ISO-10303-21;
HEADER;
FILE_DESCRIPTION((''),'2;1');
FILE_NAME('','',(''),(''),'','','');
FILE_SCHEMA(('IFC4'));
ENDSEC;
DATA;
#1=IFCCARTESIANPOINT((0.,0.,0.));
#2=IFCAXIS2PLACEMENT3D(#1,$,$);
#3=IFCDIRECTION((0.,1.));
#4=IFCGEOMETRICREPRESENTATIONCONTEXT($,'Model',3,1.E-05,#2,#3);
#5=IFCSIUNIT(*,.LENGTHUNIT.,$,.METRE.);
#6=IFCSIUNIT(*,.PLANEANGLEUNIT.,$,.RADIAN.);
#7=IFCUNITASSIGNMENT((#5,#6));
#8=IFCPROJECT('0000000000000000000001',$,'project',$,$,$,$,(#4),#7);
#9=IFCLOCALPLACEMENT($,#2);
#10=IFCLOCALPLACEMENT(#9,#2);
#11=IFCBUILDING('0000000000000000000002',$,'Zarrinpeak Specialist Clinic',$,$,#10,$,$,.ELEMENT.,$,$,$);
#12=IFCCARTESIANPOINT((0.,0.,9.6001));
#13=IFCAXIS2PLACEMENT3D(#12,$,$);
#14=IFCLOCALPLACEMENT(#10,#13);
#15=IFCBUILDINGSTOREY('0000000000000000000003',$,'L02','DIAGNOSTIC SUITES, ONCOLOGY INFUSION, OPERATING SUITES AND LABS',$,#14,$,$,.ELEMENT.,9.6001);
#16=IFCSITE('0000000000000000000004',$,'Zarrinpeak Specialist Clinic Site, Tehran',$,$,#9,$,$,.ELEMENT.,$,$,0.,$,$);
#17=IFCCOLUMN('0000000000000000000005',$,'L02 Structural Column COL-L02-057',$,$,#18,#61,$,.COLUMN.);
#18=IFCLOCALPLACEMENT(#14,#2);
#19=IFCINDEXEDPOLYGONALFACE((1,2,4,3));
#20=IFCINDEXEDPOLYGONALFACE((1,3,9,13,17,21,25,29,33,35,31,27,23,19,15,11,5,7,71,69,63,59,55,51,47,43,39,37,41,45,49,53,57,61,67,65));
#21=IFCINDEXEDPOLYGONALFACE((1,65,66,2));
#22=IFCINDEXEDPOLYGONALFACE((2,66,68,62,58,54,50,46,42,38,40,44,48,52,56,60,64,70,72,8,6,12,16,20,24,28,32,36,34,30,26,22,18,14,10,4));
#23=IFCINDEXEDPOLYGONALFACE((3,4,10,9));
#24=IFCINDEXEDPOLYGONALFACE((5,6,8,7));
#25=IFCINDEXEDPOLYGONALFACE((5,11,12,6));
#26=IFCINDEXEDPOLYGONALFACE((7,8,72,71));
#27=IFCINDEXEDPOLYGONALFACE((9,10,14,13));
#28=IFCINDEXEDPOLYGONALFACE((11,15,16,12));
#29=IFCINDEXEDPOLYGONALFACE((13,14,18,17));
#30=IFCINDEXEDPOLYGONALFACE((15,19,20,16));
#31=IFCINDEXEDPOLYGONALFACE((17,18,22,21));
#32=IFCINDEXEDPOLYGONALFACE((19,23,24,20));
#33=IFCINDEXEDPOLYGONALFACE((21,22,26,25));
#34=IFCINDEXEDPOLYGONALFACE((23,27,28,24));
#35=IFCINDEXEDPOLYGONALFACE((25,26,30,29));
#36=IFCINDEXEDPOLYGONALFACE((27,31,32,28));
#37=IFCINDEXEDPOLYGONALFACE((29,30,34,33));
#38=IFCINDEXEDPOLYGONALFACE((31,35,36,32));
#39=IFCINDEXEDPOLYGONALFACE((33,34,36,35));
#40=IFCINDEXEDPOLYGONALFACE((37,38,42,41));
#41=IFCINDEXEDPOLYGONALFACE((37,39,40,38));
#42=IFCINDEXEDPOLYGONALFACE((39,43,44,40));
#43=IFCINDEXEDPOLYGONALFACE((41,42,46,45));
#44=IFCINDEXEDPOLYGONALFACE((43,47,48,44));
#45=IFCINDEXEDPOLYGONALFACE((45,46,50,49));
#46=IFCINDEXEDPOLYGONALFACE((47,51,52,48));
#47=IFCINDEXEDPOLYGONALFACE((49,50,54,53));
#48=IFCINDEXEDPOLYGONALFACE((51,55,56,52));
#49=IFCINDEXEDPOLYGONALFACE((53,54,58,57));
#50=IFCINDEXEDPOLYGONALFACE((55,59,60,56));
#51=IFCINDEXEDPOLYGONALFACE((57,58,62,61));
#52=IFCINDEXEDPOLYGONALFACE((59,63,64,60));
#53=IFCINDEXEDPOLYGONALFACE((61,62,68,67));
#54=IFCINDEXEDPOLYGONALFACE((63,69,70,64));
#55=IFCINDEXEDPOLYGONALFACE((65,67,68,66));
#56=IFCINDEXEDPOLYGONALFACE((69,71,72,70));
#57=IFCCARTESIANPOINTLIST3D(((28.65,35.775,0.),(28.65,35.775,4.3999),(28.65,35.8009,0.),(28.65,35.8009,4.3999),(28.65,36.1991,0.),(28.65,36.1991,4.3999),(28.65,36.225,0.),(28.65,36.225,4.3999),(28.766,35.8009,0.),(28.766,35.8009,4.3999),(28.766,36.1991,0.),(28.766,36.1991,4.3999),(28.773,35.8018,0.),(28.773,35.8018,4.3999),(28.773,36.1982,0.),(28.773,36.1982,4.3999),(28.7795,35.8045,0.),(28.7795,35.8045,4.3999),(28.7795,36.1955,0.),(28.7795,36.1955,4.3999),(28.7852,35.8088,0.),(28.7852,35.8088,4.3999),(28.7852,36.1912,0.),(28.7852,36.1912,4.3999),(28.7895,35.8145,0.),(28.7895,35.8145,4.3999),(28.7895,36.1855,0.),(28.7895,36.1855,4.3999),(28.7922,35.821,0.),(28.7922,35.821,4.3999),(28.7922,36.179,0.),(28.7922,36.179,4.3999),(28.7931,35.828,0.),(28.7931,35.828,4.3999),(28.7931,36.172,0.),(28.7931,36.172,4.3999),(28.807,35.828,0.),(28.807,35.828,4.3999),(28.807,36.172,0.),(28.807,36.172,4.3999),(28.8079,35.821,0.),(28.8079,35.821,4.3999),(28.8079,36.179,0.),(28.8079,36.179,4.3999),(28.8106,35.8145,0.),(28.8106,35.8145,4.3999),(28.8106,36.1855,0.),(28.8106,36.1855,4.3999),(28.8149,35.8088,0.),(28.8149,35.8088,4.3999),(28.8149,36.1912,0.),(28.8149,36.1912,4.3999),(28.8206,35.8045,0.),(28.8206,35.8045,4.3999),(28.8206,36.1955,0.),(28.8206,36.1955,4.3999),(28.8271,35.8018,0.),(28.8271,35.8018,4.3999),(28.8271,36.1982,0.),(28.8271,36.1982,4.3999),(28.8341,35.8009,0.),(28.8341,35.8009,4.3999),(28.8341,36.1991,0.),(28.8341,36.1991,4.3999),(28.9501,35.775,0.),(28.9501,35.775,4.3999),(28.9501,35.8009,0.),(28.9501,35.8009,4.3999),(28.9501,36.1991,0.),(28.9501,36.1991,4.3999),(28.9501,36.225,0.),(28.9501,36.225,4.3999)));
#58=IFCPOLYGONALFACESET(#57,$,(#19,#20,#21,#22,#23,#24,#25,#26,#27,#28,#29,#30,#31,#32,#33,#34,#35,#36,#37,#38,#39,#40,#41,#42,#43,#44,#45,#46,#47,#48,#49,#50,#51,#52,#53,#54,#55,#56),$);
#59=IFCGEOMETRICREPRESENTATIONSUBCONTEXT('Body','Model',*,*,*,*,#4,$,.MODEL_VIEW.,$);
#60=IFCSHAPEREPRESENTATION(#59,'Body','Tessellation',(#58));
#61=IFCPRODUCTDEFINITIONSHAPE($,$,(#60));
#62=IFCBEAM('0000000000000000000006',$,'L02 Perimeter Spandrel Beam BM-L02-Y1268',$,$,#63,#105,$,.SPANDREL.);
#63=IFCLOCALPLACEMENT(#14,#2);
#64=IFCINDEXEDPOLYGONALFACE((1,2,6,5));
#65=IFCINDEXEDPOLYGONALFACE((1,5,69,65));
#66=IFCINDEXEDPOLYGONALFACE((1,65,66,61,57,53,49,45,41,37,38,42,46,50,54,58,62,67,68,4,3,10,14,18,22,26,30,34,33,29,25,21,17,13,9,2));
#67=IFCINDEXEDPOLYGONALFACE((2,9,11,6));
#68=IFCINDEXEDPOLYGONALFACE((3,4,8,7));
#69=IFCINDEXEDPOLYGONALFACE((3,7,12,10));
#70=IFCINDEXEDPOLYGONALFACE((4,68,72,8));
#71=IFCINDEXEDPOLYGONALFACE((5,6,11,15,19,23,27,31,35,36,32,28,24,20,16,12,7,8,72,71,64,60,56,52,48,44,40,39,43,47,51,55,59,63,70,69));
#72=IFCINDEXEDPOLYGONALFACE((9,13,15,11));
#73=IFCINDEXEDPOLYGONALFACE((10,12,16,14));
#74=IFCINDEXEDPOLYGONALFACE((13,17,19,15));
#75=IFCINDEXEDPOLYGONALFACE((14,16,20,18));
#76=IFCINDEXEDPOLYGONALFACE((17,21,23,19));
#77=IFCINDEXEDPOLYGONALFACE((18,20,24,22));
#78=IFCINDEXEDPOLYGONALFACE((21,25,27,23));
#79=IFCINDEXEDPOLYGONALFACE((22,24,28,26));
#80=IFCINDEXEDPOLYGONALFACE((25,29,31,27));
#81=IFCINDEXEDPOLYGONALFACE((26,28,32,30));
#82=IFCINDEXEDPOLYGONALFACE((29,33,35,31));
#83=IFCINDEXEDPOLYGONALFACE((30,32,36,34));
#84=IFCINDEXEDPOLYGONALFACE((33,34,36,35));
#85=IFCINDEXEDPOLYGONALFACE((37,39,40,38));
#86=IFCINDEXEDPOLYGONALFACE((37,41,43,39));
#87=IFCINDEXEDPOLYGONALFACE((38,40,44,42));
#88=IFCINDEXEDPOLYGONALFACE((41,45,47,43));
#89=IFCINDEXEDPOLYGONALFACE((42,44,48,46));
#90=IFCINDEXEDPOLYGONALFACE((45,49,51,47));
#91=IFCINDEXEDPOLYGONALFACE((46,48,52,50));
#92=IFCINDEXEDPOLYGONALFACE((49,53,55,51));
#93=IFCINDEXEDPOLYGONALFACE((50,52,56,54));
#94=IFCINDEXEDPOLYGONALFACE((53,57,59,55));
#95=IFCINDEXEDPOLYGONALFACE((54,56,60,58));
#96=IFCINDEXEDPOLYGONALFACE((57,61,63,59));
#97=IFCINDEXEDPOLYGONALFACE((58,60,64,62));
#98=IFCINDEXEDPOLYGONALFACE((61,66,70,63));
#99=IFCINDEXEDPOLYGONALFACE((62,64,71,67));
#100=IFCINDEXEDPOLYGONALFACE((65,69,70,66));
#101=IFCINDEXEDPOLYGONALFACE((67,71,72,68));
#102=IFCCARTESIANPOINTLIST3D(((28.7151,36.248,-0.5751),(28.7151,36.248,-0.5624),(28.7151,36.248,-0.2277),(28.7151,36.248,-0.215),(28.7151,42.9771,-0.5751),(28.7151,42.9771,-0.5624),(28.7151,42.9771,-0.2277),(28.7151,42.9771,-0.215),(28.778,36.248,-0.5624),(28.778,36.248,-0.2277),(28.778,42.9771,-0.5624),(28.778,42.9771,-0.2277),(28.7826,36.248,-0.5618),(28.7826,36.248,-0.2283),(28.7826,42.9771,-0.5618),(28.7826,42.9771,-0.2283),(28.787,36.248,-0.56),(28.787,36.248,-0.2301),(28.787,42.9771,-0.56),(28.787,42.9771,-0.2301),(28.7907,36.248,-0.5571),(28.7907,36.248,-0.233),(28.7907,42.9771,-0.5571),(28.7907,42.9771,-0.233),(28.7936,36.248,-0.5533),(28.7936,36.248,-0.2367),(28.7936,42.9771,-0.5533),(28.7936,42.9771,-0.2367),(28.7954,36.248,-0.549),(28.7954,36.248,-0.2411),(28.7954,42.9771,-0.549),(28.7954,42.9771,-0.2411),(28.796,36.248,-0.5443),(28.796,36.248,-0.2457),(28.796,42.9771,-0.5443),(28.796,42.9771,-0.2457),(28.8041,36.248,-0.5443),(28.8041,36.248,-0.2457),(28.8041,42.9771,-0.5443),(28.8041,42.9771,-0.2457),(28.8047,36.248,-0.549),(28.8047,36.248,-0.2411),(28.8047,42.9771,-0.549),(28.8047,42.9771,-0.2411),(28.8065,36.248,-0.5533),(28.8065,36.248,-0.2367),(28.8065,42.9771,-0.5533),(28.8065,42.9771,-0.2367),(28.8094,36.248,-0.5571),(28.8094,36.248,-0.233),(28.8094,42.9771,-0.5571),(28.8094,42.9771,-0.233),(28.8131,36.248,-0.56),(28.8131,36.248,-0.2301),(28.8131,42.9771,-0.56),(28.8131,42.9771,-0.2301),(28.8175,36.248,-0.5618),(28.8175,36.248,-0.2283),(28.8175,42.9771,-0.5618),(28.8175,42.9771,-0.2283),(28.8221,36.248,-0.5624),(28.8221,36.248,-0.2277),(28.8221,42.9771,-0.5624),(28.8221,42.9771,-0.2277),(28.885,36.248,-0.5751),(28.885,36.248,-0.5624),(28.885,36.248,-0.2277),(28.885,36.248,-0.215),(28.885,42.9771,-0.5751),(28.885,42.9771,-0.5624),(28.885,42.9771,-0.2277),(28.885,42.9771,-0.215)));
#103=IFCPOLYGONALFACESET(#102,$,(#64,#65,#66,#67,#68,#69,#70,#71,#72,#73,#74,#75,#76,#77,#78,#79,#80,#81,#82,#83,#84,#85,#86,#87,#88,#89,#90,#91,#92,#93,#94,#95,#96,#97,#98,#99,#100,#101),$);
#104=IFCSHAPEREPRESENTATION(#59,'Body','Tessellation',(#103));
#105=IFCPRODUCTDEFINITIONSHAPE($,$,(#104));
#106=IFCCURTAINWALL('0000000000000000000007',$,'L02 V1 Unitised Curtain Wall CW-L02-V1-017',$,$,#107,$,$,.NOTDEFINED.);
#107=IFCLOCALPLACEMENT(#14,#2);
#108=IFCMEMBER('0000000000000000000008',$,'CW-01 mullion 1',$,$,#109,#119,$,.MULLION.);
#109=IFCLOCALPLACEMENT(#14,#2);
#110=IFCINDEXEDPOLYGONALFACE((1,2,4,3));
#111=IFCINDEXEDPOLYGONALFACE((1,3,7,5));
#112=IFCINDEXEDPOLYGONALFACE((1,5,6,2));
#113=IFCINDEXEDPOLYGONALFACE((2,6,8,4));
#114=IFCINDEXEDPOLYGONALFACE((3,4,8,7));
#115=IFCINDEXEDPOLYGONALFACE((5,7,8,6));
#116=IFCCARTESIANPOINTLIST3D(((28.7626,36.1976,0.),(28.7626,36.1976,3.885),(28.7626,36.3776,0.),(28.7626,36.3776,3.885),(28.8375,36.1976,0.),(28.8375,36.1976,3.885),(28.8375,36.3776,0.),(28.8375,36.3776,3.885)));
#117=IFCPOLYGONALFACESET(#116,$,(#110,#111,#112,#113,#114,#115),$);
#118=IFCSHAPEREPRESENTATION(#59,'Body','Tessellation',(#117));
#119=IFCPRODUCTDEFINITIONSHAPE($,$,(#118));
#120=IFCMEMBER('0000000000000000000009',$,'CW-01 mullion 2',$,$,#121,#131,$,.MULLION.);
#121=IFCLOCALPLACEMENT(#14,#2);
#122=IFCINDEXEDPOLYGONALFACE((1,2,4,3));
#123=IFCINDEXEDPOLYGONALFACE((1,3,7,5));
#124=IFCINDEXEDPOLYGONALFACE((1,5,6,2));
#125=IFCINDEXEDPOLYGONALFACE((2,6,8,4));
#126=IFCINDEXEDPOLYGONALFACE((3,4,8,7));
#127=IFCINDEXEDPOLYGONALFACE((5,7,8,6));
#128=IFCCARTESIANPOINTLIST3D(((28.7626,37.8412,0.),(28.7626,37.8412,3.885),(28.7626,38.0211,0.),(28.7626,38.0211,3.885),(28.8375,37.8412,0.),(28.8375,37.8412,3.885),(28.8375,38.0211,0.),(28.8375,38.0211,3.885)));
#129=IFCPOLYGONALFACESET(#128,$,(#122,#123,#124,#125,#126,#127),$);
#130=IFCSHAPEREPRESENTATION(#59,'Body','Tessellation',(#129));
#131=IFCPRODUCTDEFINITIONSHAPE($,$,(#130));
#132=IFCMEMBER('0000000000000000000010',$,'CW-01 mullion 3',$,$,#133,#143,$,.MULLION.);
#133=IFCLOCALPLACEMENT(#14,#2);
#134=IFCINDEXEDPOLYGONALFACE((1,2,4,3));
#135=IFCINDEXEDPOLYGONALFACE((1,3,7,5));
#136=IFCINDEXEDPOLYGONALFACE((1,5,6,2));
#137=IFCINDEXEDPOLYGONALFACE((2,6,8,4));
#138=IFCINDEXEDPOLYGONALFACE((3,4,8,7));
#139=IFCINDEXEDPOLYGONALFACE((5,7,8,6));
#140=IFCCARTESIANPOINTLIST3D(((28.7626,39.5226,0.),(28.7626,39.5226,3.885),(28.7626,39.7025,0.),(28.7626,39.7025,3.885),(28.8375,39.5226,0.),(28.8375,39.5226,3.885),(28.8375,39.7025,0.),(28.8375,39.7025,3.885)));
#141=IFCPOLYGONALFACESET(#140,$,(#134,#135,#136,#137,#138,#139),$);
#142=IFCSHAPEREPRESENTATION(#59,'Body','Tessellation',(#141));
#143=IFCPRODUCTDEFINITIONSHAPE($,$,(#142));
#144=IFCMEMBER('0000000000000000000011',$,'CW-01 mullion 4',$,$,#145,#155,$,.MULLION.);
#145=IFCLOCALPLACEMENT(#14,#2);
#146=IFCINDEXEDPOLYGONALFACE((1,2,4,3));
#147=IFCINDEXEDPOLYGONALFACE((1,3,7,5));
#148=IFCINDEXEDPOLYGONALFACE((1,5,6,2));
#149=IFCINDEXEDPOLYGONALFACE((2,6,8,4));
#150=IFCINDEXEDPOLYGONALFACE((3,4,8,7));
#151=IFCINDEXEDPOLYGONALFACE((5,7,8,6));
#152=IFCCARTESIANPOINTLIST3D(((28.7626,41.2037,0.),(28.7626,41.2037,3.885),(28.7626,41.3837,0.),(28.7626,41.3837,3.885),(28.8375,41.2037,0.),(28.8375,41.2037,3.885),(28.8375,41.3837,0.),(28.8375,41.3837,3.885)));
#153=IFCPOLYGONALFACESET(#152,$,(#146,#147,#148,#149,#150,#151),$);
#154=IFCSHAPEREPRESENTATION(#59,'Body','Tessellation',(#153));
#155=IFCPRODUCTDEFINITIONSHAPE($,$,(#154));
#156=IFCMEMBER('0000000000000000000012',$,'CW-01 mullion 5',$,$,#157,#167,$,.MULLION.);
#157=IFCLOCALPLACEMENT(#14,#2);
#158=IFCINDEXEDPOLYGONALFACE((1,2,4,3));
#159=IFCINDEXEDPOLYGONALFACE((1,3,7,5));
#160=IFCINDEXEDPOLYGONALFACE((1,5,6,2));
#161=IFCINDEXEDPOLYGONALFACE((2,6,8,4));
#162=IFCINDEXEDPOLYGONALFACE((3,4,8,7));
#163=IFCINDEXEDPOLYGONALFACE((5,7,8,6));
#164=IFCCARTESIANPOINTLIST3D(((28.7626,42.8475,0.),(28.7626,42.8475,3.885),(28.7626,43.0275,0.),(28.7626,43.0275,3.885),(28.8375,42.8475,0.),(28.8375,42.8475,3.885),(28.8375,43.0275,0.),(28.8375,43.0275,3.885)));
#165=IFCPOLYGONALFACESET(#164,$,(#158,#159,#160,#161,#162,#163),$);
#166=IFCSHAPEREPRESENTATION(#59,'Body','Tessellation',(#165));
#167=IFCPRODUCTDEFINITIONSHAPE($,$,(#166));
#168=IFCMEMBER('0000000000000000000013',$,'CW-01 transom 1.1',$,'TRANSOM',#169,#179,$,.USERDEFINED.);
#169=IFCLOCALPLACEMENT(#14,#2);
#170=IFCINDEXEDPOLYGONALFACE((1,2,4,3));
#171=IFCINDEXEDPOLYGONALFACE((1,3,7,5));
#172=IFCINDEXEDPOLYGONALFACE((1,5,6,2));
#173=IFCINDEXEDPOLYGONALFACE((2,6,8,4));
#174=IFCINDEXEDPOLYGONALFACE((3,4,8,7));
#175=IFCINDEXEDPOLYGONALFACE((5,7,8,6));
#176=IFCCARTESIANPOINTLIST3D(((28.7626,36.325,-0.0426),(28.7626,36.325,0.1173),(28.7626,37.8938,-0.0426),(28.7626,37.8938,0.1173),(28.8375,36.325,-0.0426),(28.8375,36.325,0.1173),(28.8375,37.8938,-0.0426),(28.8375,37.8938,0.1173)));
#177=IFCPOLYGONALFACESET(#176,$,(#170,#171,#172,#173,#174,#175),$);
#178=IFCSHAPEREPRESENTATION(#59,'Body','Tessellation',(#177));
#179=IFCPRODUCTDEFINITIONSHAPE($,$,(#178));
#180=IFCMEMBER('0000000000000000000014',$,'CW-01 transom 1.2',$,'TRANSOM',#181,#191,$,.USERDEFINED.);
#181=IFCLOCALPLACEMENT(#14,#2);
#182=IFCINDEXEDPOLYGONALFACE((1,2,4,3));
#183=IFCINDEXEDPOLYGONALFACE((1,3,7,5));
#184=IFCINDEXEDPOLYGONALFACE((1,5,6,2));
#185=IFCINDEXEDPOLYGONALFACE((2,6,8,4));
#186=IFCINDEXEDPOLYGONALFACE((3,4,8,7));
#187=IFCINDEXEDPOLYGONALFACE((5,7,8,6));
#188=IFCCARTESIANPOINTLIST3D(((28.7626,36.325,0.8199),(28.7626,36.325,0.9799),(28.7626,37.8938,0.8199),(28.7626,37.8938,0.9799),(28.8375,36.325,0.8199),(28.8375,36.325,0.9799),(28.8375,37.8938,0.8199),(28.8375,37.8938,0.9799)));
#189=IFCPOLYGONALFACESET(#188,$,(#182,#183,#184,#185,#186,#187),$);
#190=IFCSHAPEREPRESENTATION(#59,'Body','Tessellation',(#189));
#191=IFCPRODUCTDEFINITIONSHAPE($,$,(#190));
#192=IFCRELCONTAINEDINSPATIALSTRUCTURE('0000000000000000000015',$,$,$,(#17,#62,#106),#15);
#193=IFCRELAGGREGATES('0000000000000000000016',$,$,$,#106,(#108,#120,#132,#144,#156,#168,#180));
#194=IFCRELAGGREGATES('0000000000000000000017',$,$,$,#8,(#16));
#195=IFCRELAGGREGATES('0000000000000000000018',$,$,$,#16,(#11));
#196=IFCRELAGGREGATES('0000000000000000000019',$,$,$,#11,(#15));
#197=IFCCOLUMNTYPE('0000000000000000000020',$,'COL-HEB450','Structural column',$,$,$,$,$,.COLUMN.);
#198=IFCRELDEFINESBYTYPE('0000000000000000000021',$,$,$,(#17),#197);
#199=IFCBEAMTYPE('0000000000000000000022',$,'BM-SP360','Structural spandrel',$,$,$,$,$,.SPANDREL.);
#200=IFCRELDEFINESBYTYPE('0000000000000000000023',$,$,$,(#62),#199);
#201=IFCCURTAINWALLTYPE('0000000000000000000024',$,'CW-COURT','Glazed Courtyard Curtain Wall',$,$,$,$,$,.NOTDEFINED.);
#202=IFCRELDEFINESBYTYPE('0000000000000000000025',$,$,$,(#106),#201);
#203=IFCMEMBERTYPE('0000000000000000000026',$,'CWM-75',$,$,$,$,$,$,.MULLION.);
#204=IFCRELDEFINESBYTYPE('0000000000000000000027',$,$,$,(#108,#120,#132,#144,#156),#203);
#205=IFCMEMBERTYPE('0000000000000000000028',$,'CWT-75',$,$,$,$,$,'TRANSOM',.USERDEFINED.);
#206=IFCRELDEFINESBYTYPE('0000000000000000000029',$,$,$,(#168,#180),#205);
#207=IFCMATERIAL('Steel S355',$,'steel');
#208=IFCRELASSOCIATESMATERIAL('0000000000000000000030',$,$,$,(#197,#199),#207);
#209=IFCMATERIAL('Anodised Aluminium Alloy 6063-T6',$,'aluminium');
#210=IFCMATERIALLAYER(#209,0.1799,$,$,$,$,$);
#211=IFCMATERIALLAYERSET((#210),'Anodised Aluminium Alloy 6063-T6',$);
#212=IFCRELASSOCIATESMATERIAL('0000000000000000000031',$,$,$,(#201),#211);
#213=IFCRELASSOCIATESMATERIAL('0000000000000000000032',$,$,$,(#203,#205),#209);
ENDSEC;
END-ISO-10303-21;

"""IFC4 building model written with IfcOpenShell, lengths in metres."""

from ifc_helpers import new_model, si_unit, direction, frame, origin, origin_2d, place, context, subcontext, project, spatial, rectangle, i_section, extrude, material, layer, layer_set, material_profile, profile_set, type_object, element, aggregate, save


model = new_model("IFC4")

# Units and contexts
model_context = context("Model", 3, precision=1e-05, world=origin(), true_north=direction((0.0, 1.0)))
body_context = subcontext(model_context, "Body", "Model", "MODEL_VIEW")
ifc_project = project(units=[si_unit("LENGTHUNIT", "METRE"), si_unit("PLANEANGLEUNIT", "RADIAN")], contexts=[model_context])

# Site, building, storey
site_placement = place(None, origin())
site = spatial("IfcSite", under=ifc_project, at=site_placement, Name="Zarrinpeak Specialist Clinic Site, Tehran", CompositionType="ELEMENT", RefElevation=0.0)
building_placement = place(site_placement, origin())
building = spatial("IfcBuilding", under=site, at=building_placement, Name="Zarrinpeak Specialist Clinic", CompositionType="ELEMENT")
storey_placement = place(building_placement, frame((0.0, 0.0, 9.6001)))
storey = spatial("IfcBuildingStorey", under=building, at=storey_placement, Name="L02", Description="DIAGNOSTIC SUITES, ONCOLOGY INFUSION, OPERATING SUITES AND LABS", CompositionType="ELEMENT", Elevation=9.6001)

# Column
ifc_material_1 = material(Name="Steel S355", Category="steel")
ifc_material_profile_1 = material_profile(ifc_material_1, i_section(OverallWidth=0.3, OverallDepth=0.45, WebThickness=0.0139, FlangeThickness=0.0259, FilletRadius=0.0271, at=origin_2d()), Name="HEB 450")
ifc_profile_set_1 = profile_set([ifc_material_profile_1], Name="Steel S355")
column_type = type_object("IfcColumnType", Name="COL-HEB450", Description="Structural column", PredefinedType="COLUMN", material=ifc_profile_set_1)
column_placement = place(storey_placement, frame((28.8, 36.0, 0.0), z_axis=(0.0, 0.0, 1.0), x_axis=(1.0, 0.0, 0.0)))
element("IfcColumn", 1, at=column_placement, inside=storey, type_object=column_type, Name="L02 Structural Column COL-L02-057", PredefinedType="COLUMN", context=body_context, shape_type="SweptSolid", body=[
    extrude(i_section(OverallWidth=0.3, OverallDepth=0.45, WebThickness=0.0139, FlangeThickness=0.0259, FilletRadius=0.0271, at=origin_2d()), origin(), (0.0, 0.0, 1.0), 4.3999),
])

# Beam
ifc_material_profile_2 = material_profile(ifc_material_1, i_section(OverallWidth=0.1699, OverallDepth=0.3601, WebThickness=0.0081, FlangeThickness=0.0127, FilletRadius=0.0181, at=origin_2d()), Name="IPE 360")
ifc_profile_set_2 = profile_set([ifc_material_profile_2], Name="Steel S355")
beam_type = type_object("IfcBeamType", Name="BM-SP360", Description="Structural spandrel", PredefinedType="SPANDREL", material=ifc_profile_set_2)
beam_placement = place(storey_placement, frame((28.8, 36.248, -0.395), z_axis=(0.0, 1.0, 0.0), x_axis=(-1.0, 0.0, 0.0)))
element("IfcBeam", 2, at=beam_placement, inside=storey, type_object=beam_type, Name="L02 Perimeter Spandrel Beam BM-L02-Y1268", PredefinedType="SPANDREL", context=body_context, shape_type="SweptSolid", body=[
    extrude(i_section(OverallWidth=0.1699, OverallDepth=0.3601, WebThickness=0.0081, FlangeThickness=0.0127, FilletRadius=0.0181, at=origin_2d()), origin(), (0.0, 0.0, 1.0), 6.729),
])

# Curtain wall, members
ifc_material_2 = material(Name="Anodised Aluminium Alloy 6063-T6", Category="aluminium")
ifc_layer_1 = layer(ifc_material_2, 0.1799)
ifc_layer_set_1 = layer_set([ifc_layer_1], Name="Anodised Aluminium Alloy 6063-T6")
curtain_wall_type = type_object("IfcCurtainWallType", Name="CW-COURT", Description="Glazed Courtyard Curtain Wall", PredefinedType="NOTDEFINED", material=ifc_layer_set_1)
curtain_wall_placement = place(storey_placement, origin())
curtain_wall = element("IfcCurtainWall", 3, at=curtain_wall_placement, inside=storey, type_object=curtain_wall_type, Name="L02 V1 Unitised Curtain Wall CW-L02-V1-017", PredefinedType="NOTDEFINED")
ifc_material_profile_3 = material_profile(ifc_material_2, rectangle(XDim=0.075, YDim=0.1799, at=origin_2d()), Name="ALU 75x180")
ifc_profile_set_3 = profile_set([ifc_material_profile_3], Name="Anodised Aluminium Alloy 6063-T6")
member_type_1 = type_object("IfcMemberType", Name="CWM-75", PredefinedType="MULLION", material=ifc_profile_set_3)
member_1_placement = place(storey_placement, frame((28.8, 36.2876, 0.0), z_axis=(0.0, 0.0, 1.0), x_axis=(-1.0, 0.0, 0.0)))
member_1 = element("IfcMember", 4, at=member_1_placement, type_object=member_type_1, Name="CW-01 mullion 1", PredefinedType="MULLION", context=body_context, shape_type="SweptSolid", body=[
    extrude(rectangle(XDim=0.075, YDim=0.1799, at=origin_2d()), origin(), (0.0, 0.0, 1.0), 3.885),
])
member_2_placement = place(storey_placement, frame((28.8, 37.9312, 0.0), z_axis=(0.0, 0.0, 1.0), x_axis=(-1.0, 0.0, 0.0)))
member_2 = element("IfcMember", 5, at=member_2_placement, type_object=member_type_1, Name="CW-01 mullion 2", PredefinedType="MULLION", context=body_context, shape_type="SweptSolid", body=[
    extrude(rectangle(XDim=0.075, YDim=0.1799, at=origin_2d()), origin(), (0.0, 0.0, 1.0), 3.885),
])
member_3_placement = place(storey_placement, frame((28.8, 39.6125, 0.0), z_axis=(0.0, 0.0, 1.0), x_axis=(-1.0, 0.0, 0.0)))
member_3 = element("IfcMember", 6, at=member_3_placement, type_object=member_type_1, Name="CW-01 mullion 3", PredefinedType="MULLION", context=body_context, shape_type="SweptSolid", body=[
    extrude(rectangle(XDim=0.075, YDim=0.1799, at=origin_2d()), origin(), (0.0, 0.0, 1.0), 3.885),
])
member_4_placement = place(storey_placement, frame((28.8, 41.2937, 0.0), z_axis=(0.0, 0.0, 1.0), x_axis=(-1.0, 0.0, 0.0)))
member_4 = element("IfcMember", 7, at=member_4_placement, type_object=member_type_1, Name="CW-01 mullion 4", PredefinedType="MULLION", context=body_context, shape_type="SweptSolid", body=[
    extrude(rectangle(XDim=0.075, YDim=0.1799, at=origin_2d()), origin(), (0.0, 0.0, 1.0), 3.885),
])
member_5_placement = place(storey_placement, frame((28.8, 42.9375, 0.0), z_axis=(0.0, 0.0, 1.0), x_axis=(-1.0, 0.0, 0.0)))
member_5 = element("IfcMember", 8, at=member_5_placement, type_object=member_type_1, Name="CW-01 mullion 5", PredefinedType="MULLION", context=body_context, shape_type="SweptSolid", body=[
    extrude(rectangle(XDim=0.075, YDim=0.1799, at=origin_2d()), origin(), (0.0, 0.0, 1.0), 3.885),
])
ifc_material_profile_4 = material_profile(ifc_material_2, rectangle(XDim=0.075, YDim=0.1599, at=origin_2d()), Name="ALU 75x160")
ifc_profile_set_4 = profile_set([ifc_material_profile_4], Name="Anodised Aluminium Alloy 6063-T6")
member_type_2 = type_object("IfcMemberType", Name="CWT-75", ElementType="TRANSOM", PredefinedType="USERDEFINED", material=ifc_profile_set_4)
member_6_placement = place(storey_placement, frame((28.8, 36.325, 0.0374), z_axis=(0.0, 1.0, 0.0), x_axis=(-1.0, 0.0, 0.0)))
member_6 = element("IfcMember", 9, at=member_6_placement, type_object=member_type_2, Name="CW-01 transom 1.1", ObjectType="TRANSOM", PredefinedType="USERDEFINED", context=body_context, shape_type="SweptSolid", body=[
    extrude(rectangle(XDim=0.075, YDim=0.1599, at=origin_2d()), origin(), (0.0, 0.0, 1.0), 1.5688),
])
member_7_placement = place(storey_placement, frame((28.8, 36.325, 0.8999), z_axis=(0.0, 1.0, 0.0), x_axis=(-1.0, 0.0, 0.0)))
member_7 = element("IfcMember", 10, at=member_7_placement, type_object=member_type_2, Name="CW-01 transom 1.2", ObjectType="TRANSOM", PredefinedType="USERDEFINED", context=body_context, shape_type="SweptSolid", body=[
    extrude(rectangle(XDim=0.075, YDim=0.1599, at=origin_2d()), origin(), (0.0, 0.0, 1.0), 1.5688),
])
aggregate(curtain_wall, [member_1, member_2, member_3, member_4, member_5, member_6, member_7])

save(model, "model.ifc")
